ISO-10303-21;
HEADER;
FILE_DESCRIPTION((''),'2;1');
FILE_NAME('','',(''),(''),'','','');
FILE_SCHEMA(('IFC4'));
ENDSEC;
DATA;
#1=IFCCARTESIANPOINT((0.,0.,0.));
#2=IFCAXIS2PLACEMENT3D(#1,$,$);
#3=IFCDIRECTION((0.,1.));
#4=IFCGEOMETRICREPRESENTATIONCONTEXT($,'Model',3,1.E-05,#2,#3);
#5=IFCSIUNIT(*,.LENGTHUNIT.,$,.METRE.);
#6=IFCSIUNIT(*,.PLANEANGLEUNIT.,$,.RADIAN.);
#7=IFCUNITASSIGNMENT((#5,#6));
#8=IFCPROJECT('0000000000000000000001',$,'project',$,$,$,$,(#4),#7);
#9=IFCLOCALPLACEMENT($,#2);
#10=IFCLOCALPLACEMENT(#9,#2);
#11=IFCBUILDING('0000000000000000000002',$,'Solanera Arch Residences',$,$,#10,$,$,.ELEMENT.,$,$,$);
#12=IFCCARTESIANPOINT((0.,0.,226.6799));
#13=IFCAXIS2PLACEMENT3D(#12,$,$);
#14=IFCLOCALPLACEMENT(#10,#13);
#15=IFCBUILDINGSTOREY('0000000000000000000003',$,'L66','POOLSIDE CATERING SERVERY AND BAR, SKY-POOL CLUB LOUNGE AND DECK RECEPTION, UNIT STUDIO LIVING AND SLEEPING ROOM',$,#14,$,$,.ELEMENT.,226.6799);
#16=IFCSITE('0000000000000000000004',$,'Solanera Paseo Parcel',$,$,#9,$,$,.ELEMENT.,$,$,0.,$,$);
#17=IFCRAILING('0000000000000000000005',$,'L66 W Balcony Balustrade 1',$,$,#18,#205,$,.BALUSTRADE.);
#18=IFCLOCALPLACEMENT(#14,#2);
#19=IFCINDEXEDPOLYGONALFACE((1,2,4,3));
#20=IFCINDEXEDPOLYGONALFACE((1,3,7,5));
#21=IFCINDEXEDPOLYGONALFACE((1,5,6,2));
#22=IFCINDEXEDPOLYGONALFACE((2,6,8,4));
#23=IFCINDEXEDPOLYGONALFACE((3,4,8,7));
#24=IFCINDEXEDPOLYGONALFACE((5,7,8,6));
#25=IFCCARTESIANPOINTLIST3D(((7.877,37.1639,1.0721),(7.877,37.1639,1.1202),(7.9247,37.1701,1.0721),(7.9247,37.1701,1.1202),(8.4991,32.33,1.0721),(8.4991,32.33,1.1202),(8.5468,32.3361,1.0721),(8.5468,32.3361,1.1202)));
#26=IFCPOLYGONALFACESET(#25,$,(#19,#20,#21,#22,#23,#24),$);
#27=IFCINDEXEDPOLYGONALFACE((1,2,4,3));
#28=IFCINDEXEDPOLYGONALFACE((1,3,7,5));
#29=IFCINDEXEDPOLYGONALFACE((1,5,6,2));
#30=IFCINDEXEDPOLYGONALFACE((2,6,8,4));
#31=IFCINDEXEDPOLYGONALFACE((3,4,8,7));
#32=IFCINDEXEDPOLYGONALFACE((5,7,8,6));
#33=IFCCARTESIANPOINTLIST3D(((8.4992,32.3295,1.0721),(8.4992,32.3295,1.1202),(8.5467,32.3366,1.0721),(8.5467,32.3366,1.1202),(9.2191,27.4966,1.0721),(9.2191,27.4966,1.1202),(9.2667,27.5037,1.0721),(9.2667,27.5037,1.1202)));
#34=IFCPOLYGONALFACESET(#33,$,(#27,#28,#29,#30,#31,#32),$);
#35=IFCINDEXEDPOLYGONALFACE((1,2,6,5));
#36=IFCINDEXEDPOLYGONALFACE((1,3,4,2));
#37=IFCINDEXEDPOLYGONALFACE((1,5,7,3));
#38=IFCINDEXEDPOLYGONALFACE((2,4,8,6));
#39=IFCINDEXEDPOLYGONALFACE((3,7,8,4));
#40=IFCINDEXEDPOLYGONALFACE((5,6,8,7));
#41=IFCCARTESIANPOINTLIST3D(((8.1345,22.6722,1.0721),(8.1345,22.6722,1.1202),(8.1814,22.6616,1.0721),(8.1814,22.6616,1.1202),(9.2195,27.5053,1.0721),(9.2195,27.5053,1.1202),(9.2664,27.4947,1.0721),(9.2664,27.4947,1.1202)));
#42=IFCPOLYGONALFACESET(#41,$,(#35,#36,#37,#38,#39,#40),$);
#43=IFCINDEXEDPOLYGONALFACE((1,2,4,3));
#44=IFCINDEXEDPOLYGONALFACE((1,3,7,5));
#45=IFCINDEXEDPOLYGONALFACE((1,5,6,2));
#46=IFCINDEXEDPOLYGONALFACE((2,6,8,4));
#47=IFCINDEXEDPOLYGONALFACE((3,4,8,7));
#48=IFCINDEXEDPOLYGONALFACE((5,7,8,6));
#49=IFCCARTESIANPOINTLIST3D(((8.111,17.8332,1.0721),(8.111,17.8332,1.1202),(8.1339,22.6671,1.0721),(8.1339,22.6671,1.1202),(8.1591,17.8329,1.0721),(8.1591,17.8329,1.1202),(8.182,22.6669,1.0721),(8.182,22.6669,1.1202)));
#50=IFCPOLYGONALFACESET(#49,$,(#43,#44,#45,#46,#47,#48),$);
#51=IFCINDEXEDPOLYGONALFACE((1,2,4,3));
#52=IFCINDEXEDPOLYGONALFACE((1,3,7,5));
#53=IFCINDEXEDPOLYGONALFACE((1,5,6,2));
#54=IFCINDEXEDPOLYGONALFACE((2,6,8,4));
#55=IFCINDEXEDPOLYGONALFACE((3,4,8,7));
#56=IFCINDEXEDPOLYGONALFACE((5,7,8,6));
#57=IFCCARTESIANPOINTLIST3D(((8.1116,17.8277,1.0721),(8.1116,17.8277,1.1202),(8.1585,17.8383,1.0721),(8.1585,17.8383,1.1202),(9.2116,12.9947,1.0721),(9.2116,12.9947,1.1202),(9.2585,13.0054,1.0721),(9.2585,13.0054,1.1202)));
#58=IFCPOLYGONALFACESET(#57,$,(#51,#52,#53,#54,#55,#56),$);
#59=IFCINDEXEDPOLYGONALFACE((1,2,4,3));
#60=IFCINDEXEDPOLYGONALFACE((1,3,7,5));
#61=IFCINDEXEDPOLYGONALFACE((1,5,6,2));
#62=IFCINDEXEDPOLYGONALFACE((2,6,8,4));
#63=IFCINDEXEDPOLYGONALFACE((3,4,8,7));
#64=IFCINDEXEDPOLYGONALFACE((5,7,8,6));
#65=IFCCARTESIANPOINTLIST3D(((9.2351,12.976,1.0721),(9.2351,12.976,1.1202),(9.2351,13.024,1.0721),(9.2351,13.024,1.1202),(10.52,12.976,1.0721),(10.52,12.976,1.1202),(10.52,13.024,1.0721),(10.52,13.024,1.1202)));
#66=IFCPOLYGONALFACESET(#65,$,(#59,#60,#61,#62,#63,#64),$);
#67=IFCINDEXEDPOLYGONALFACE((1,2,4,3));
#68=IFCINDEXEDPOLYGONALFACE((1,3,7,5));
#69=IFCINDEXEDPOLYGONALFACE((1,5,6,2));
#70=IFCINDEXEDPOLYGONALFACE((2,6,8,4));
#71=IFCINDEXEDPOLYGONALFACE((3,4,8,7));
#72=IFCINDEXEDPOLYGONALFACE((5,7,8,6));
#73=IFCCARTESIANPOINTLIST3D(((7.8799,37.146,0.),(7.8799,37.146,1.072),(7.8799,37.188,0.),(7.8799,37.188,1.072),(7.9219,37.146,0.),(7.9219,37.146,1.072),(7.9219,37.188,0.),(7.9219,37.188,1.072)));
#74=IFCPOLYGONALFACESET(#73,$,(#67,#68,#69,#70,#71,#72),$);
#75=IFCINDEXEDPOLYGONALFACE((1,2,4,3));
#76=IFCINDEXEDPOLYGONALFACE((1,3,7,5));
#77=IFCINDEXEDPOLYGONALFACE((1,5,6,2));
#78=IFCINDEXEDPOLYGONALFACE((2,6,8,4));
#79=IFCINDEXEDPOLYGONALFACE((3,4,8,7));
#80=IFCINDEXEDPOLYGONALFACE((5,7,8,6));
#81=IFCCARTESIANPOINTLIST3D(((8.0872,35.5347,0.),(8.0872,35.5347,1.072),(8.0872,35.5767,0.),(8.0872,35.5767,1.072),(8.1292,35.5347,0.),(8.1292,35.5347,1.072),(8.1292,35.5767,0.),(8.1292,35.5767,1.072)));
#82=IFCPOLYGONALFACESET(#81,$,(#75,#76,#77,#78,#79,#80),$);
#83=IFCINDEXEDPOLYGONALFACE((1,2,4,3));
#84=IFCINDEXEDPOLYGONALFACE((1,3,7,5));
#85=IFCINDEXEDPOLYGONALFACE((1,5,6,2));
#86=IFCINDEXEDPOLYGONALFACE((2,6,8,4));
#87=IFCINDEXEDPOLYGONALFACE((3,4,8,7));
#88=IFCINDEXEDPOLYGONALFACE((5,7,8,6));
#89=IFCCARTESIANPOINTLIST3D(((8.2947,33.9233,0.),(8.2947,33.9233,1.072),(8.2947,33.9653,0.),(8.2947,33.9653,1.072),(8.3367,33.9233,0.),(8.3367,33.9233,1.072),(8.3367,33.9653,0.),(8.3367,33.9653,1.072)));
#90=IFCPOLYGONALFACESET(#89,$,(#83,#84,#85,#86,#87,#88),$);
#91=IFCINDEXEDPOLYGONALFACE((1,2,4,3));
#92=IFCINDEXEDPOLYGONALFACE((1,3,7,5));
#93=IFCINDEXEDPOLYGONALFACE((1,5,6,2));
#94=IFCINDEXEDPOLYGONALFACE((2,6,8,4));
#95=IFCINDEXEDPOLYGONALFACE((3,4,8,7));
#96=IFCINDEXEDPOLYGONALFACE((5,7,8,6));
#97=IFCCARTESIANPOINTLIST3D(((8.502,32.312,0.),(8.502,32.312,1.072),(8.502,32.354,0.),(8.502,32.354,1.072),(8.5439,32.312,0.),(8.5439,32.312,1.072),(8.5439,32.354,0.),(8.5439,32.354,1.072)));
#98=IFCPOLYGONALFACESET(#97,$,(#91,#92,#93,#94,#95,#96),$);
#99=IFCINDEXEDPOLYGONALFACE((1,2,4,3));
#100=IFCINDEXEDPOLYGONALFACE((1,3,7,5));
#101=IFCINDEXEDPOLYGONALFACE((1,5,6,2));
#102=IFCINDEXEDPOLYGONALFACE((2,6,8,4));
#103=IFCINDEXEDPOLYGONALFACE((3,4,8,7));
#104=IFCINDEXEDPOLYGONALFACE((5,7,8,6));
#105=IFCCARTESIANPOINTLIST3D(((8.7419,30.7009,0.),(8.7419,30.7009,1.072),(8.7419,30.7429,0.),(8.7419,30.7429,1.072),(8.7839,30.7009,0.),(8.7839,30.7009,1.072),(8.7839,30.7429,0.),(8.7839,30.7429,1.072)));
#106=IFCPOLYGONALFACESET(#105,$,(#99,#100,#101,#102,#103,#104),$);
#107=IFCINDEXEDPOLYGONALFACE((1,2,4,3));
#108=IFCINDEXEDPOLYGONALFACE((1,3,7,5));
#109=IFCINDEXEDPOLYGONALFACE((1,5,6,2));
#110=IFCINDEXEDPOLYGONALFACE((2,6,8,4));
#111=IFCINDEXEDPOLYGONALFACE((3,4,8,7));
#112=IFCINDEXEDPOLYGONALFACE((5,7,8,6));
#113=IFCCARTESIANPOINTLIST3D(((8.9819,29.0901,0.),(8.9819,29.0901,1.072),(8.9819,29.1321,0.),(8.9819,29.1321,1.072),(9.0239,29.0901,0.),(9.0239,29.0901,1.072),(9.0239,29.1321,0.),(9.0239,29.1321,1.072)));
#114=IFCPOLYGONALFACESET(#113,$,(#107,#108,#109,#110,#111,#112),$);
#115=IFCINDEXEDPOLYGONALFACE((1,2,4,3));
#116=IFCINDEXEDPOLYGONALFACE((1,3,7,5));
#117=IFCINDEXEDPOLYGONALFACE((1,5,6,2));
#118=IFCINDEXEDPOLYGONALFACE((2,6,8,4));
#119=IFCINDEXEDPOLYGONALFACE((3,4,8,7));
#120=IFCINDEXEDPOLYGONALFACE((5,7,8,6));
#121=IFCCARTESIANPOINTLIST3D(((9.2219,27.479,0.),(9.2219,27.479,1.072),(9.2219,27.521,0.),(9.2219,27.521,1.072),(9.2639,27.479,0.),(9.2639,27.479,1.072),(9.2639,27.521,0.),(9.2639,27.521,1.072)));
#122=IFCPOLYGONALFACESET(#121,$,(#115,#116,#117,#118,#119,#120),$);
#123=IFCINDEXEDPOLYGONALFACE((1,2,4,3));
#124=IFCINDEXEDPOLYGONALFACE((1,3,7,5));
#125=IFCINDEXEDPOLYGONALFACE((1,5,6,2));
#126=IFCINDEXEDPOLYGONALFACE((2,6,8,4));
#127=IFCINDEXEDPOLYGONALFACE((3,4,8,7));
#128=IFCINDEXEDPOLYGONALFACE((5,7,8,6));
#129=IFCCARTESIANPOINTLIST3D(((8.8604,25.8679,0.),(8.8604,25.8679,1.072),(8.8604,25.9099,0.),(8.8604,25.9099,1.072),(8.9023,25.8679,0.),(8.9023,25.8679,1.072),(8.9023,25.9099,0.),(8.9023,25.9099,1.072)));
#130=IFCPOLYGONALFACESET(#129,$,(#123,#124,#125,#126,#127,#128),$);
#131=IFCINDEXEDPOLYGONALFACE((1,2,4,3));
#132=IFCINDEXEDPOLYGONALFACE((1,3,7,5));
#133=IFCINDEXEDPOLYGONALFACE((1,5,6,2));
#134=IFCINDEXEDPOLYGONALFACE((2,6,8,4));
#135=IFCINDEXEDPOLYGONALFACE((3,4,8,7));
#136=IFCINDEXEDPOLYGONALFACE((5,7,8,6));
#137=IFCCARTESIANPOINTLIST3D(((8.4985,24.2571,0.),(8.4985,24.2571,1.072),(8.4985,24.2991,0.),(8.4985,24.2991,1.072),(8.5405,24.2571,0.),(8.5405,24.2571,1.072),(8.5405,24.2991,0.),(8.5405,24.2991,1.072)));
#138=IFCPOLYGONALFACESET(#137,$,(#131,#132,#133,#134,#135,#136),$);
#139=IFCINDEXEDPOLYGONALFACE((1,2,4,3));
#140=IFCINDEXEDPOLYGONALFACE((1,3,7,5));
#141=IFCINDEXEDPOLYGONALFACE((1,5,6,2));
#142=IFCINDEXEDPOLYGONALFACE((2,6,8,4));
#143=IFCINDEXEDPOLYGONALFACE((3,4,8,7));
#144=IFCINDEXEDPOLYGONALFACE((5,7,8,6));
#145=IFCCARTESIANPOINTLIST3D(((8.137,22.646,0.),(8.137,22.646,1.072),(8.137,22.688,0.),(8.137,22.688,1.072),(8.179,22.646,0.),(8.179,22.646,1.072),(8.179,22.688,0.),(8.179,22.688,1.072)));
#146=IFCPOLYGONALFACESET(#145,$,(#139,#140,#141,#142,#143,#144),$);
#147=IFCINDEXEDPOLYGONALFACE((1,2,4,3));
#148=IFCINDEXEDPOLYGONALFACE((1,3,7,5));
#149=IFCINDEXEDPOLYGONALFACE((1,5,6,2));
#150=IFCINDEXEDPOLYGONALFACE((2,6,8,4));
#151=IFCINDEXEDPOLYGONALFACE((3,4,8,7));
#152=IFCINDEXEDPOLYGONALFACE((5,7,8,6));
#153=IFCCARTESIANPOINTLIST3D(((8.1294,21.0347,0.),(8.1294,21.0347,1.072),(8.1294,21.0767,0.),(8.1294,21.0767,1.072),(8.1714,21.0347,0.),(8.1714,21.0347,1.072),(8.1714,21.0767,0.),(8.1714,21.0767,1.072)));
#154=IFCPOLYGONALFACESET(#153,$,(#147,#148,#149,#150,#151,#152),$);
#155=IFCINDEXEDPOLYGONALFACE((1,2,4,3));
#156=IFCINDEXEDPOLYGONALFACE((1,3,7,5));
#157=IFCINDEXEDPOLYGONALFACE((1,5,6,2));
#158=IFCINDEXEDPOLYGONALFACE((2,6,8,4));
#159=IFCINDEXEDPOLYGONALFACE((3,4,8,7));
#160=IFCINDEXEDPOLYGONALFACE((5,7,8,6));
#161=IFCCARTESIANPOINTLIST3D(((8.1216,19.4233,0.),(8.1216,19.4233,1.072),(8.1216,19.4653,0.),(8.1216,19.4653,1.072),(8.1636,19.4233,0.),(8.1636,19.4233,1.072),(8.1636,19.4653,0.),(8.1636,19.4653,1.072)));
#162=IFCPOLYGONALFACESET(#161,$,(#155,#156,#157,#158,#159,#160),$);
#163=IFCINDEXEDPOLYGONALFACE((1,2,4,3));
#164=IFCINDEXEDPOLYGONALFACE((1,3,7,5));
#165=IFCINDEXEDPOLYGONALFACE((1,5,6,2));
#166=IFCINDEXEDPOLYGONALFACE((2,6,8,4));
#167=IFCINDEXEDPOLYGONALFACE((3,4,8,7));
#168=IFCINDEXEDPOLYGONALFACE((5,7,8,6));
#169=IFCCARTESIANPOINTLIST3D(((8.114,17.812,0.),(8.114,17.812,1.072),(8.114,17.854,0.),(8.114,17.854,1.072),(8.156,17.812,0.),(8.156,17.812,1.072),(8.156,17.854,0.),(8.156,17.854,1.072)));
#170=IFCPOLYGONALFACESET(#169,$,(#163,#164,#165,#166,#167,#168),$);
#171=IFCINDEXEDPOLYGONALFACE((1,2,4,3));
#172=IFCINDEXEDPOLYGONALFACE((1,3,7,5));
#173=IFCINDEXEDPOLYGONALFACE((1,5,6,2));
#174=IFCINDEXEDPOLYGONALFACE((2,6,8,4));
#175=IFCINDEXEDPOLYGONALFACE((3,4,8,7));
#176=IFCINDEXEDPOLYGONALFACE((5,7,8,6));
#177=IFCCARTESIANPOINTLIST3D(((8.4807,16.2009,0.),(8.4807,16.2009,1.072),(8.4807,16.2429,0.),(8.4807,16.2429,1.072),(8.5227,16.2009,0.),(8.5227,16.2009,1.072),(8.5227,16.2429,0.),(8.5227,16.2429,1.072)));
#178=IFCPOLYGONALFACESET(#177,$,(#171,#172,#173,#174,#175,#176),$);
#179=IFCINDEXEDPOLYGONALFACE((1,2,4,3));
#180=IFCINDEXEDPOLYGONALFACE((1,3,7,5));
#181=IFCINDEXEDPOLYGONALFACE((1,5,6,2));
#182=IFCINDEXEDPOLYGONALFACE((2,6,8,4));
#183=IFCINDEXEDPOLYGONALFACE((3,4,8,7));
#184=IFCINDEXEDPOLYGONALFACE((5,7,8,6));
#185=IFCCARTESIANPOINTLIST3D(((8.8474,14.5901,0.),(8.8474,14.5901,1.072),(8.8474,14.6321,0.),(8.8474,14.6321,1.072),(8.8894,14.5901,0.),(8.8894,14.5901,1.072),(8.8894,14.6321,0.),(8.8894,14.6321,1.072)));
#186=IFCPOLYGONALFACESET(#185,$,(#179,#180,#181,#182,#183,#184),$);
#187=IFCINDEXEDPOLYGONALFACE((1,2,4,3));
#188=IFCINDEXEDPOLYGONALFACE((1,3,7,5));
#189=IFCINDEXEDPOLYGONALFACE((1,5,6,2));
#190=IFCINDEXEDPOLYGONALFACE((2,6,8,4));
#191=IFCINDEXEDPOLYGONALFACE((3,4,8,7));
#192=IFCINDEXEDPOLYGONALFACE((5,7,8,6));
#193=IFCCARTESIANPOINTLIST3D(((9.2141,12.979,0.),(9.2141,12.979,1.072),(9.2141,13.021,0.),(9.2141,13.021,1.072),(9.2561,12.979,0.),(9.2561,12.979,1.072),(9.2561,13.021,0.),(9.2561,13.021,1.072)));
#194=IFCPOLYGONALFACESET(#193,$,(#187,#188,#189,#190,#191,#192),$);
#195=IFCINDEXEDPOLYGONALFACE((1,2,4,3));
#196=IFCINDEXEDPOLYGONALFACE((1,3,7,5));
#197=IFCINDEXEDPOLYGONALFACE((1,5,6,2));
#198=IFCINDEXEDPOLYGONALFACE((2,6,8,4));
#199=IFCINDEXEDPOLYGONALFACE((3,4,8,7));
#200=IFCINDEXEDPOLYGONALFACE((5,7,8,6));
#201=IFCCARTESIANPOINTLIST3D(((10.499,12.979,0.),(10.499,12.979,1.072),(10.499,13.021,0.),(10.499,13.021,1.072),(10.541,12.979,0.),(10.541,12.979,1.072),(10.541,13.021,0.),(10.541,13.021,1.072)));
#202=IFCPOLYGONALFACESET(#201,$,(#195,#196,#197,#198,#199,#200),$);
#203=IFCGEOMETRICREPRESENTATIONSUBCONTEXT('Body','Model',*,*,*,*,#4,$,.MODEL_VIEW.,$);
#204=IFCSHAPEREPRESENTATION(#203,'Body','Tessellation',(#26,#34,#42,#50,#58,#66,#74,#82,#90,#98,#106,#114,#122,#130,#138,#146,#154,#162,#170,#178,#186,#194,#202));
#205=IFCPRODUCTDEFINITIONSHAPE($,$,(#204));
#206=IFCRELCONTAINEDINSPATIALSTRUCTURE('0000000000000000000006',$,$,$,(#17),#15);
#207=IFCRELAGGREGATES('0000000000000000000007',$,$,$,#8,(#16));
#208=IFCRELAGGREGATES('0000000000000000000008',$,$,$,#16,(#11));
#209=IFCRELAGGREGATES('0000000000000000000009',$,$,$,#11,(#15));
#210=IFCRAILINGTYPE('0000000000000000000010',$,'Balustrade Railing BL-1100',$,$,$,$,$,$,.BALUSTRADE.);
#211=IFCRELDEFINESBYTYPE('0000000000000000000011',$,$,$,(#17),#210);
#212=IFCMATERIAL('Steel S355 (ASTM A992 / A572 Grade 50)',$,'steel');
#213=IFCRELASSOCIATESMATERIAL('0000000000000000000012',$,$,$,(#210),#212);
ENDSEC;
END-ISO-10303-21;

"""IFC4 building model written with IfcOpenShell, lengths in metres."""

from ifc_helpers import new_model, si_unit, direction, frame, origin, origin_2d, place, context, subcontext, project, spatial, rectangle, extrude, material, type_object, element, save


model = new_model("IFC4")

# Units and contexts
model_context = context("Model", 3, precision=1e-05, world=origin(), true_north=direction((0.0, 1.0)))
body_context = subcontext(model_context, "Body", "Model", "MODEL_VIEW")
ifc_project = project(units=[si_unit("LENGTHUNIT", "METRE"), si_unit("PLANEANGLEUNIT", "RADIAN")], contexts=[model_context])

# Site, building, storey
site_placement = place(None, origin())
site = spatial("IfcSite", under=ifc_project, at=site_placement, Name="Solanera Paseo Parcel", CompositionType="ELEMENT", RefElevation=0.0)
building_placement = place(site_placement, origin())
building = spatial("IfcBuilding", under=site, at=building_placement, Name="Solanera Arch Residences", CompositionType="ELEMENT")
storey_placement = place(building_placement, frame((0.0, 0.0, 226.6799)))
storey = spatial("IfcBuildingStorey", under=building, at=storey_placement, Name="L66", Description="POOLSIDE CATERING SERVERY AND BAR, SKY-POOL CLUB LOUNGE AND DECK RECEPTION, UNIT STUDIO LIVING AND SLEEPING ROOM", CompositionType="ELEMENT", Elevation=226.6799)

# Railing
ifc_material_1 = material(Name="Steel S355 (ASTM A992 / A572 Grade 50)", Category="steel")
railing_type_1 = type_object("IfcRailingType", Name="Balustrade Railing BL-1100", PredefinedType="BALUSTRADE", material=ifc_material_1)
railing_1_placement = place(storey_placement, frame((7.9009, 37.167, 0.0)))
element("IfcRailing", 1, at=railing_1_placement, inside=storey, type_object=railing_type_1, Name="L66 W Balcony Balustrade 1", PredefinedType="BALUSTRADE", context=body_context, shape_type="SweptSolid", body=[
    extrude(rectangle(XDim=0.0481, YDim=0.0481, at=origin_2d()), frame((0.0, 0.0, 1.0962), z_axis=(0.127634, -0.991821, 0.0), x_axis=(0.991821, 0.127634, 0.0)), (0.0, 0.0, 1.0), 4.8738),
    extrude(rectangle(XDim=0.0481, YDim=0.0481, at=origin_2d()), frame((0.6221, -4.834, 1.0962), z_axis=(0.147344, -0.989085, 0.0), x_axis=(0.989085, 0.147344, 0.0)), (0.0, 0.0, 1.0), 4.8862),
    extrude(rectangle(XDim=0.0481, YDim=0.0481, at=origin_2d()), frame((1.342, -9.667, 1.0962), z_axis=(-0.219038, -0.975716, 0.0), x_axis=(0.975716, -0.219038, 0.0)), (0.0, 0.0, 1.0), 4.9534),
    extrude(rectangle(XDim=0.0481, YDim=0.0481, at=origin_2d()), frame((0.2571, -14.5, 1.0962), z_axis=(-0.004747, -0.999989, 0.0), x_axis=(0.999989, -0.004747, 0.0)), (0.0, 0.0, 1.0), 4.834),
    extrude(rectangle(XDim=0.0481, YDim=0.0481, at=origin_2d()), frame((0.2341, -19.334, 1.0962), z_axis=(0.221945, -0.975059, 0.0), x_axis=(0.975059, 0.221945, 0.0)), (0.0, 0.0, 1.0), 4.9565),
    extrude(rectangle(XDim=0.0481, YDim=0.0481, at=origin_2d()), frame((1.3342, -24.167, 1.0962), z_axis=(1.0, 0.0, 0.0), x_axis=(0.0, 1.0, 0.0)), (0.0, 0.0, 1.0), 1.2849),
    extrude(rectangle(XDim=0.042, YDim=0.042, at=origin_2d()), origin(), (0.0, 0.0, 1.0), 1.072),
    extrude(rectangle(XDim=0.042, YDim=0.042, at=origin_2d()), frame((0.2073, -1.6113, 0.0)), (0.0, 0.0, 1.0), 1.072),
    extrude(rectangle(XDim=0.042, YDim=0.042, at=origin_2d()), frame((0.4148, -3.2227, 0.0)), (0.0, 0.0, 1.0), 1.072),
    extrude(rectangle(XDim=0.042, YDim=0.042, at=origin_2d()), frame((0.6221, -4.834, 0.0)), (0.0, 0.0, 1.0), 1.072),
    extrude(rectangle(XDim=0.042, YDim=0.042, at=origin_2d()), frame((0.8621, -6.4451, 0.0)), (0.0, 0.0, 1.0), 1.072),
    extrude(rectangle(XDim=0.042, YDim=0.042, at=origin_2d()), frame((1.1021, -8.0559, 0.0)), (0.0, 0.0, 1.0), 1.072),
    extrude(rectangle(XDim=0.042, YDim=0.042, at=origin_2d()), frame((1.342, -9.667, 0.0)), (0.0, 0.0, 1.0), 1.072),
    extrude(rectangle(XDim=0.042, YDim=0.042, at=origin_2d()), frame((0.9805, -11.2781, 0.0)), (0.0, 0.0, 1.0), 1.072),
    extrude(rectangle(XDim=0.042, YDim=0.042, at=origin_2d()), frame((0.6187, -12.8889, 0.0)), (0.0, 0.0, 1.0), 1.072),
    extrude(rectangle(XDim=0.042, YDim=0.042, at=origin_2d()), frame((0.2571, -14.5, 0.0)), (0.0, 0.0, 1.0), 1.072),
    extrude(rectangle(XDim=0.042, YDim=0.042, at=origin_2d()), frame((0.2495, -16.1113, 0.0)), (0.0, 0.0, 1.0), 1.072),
    extrude(rectangle(XDim=0.042, YDim=0.042, at=origin_2d()), frame((0.2417, -17.7227, 0.0)), (0.0, 0.0, 1.0), 1.072),
    extrude(rectangle(XDim=0.042, YDim=0.042, at=origin_2d()), frame((0.2341, -19.334, 0.0)), (0.0, 0.0, 1.0), 1.072),
    extrude(rectangle(XDim=0.042, YDim=0.042, at=origin_2d()), frame((0.6008, -20.9451, 0.0)), (0.0, 0.0, 1.0), 1.072),
    extrude(rectangle(XDim=0.042, YDim=0.042, at=origin_2d()), frame((0.9675, -22.5559, 0.0)), (0.0, 0.0, 1.0), 1.072),
    extrude(rectangle(XDim=0.042, YDim=0.042, at=origin_2d()), frame((1.3342, -24.167, 0.0)), (0.0, 0.0, 1.0), 1.072),
    extrude(rectangle(XDim=0.042, YDim=0.042, at=origin_2d()), frame((2.6191, -24.167, 0.0)), (0.0, 0.0, 1.0), 1.072),
])

save(model, "model.ifc")
